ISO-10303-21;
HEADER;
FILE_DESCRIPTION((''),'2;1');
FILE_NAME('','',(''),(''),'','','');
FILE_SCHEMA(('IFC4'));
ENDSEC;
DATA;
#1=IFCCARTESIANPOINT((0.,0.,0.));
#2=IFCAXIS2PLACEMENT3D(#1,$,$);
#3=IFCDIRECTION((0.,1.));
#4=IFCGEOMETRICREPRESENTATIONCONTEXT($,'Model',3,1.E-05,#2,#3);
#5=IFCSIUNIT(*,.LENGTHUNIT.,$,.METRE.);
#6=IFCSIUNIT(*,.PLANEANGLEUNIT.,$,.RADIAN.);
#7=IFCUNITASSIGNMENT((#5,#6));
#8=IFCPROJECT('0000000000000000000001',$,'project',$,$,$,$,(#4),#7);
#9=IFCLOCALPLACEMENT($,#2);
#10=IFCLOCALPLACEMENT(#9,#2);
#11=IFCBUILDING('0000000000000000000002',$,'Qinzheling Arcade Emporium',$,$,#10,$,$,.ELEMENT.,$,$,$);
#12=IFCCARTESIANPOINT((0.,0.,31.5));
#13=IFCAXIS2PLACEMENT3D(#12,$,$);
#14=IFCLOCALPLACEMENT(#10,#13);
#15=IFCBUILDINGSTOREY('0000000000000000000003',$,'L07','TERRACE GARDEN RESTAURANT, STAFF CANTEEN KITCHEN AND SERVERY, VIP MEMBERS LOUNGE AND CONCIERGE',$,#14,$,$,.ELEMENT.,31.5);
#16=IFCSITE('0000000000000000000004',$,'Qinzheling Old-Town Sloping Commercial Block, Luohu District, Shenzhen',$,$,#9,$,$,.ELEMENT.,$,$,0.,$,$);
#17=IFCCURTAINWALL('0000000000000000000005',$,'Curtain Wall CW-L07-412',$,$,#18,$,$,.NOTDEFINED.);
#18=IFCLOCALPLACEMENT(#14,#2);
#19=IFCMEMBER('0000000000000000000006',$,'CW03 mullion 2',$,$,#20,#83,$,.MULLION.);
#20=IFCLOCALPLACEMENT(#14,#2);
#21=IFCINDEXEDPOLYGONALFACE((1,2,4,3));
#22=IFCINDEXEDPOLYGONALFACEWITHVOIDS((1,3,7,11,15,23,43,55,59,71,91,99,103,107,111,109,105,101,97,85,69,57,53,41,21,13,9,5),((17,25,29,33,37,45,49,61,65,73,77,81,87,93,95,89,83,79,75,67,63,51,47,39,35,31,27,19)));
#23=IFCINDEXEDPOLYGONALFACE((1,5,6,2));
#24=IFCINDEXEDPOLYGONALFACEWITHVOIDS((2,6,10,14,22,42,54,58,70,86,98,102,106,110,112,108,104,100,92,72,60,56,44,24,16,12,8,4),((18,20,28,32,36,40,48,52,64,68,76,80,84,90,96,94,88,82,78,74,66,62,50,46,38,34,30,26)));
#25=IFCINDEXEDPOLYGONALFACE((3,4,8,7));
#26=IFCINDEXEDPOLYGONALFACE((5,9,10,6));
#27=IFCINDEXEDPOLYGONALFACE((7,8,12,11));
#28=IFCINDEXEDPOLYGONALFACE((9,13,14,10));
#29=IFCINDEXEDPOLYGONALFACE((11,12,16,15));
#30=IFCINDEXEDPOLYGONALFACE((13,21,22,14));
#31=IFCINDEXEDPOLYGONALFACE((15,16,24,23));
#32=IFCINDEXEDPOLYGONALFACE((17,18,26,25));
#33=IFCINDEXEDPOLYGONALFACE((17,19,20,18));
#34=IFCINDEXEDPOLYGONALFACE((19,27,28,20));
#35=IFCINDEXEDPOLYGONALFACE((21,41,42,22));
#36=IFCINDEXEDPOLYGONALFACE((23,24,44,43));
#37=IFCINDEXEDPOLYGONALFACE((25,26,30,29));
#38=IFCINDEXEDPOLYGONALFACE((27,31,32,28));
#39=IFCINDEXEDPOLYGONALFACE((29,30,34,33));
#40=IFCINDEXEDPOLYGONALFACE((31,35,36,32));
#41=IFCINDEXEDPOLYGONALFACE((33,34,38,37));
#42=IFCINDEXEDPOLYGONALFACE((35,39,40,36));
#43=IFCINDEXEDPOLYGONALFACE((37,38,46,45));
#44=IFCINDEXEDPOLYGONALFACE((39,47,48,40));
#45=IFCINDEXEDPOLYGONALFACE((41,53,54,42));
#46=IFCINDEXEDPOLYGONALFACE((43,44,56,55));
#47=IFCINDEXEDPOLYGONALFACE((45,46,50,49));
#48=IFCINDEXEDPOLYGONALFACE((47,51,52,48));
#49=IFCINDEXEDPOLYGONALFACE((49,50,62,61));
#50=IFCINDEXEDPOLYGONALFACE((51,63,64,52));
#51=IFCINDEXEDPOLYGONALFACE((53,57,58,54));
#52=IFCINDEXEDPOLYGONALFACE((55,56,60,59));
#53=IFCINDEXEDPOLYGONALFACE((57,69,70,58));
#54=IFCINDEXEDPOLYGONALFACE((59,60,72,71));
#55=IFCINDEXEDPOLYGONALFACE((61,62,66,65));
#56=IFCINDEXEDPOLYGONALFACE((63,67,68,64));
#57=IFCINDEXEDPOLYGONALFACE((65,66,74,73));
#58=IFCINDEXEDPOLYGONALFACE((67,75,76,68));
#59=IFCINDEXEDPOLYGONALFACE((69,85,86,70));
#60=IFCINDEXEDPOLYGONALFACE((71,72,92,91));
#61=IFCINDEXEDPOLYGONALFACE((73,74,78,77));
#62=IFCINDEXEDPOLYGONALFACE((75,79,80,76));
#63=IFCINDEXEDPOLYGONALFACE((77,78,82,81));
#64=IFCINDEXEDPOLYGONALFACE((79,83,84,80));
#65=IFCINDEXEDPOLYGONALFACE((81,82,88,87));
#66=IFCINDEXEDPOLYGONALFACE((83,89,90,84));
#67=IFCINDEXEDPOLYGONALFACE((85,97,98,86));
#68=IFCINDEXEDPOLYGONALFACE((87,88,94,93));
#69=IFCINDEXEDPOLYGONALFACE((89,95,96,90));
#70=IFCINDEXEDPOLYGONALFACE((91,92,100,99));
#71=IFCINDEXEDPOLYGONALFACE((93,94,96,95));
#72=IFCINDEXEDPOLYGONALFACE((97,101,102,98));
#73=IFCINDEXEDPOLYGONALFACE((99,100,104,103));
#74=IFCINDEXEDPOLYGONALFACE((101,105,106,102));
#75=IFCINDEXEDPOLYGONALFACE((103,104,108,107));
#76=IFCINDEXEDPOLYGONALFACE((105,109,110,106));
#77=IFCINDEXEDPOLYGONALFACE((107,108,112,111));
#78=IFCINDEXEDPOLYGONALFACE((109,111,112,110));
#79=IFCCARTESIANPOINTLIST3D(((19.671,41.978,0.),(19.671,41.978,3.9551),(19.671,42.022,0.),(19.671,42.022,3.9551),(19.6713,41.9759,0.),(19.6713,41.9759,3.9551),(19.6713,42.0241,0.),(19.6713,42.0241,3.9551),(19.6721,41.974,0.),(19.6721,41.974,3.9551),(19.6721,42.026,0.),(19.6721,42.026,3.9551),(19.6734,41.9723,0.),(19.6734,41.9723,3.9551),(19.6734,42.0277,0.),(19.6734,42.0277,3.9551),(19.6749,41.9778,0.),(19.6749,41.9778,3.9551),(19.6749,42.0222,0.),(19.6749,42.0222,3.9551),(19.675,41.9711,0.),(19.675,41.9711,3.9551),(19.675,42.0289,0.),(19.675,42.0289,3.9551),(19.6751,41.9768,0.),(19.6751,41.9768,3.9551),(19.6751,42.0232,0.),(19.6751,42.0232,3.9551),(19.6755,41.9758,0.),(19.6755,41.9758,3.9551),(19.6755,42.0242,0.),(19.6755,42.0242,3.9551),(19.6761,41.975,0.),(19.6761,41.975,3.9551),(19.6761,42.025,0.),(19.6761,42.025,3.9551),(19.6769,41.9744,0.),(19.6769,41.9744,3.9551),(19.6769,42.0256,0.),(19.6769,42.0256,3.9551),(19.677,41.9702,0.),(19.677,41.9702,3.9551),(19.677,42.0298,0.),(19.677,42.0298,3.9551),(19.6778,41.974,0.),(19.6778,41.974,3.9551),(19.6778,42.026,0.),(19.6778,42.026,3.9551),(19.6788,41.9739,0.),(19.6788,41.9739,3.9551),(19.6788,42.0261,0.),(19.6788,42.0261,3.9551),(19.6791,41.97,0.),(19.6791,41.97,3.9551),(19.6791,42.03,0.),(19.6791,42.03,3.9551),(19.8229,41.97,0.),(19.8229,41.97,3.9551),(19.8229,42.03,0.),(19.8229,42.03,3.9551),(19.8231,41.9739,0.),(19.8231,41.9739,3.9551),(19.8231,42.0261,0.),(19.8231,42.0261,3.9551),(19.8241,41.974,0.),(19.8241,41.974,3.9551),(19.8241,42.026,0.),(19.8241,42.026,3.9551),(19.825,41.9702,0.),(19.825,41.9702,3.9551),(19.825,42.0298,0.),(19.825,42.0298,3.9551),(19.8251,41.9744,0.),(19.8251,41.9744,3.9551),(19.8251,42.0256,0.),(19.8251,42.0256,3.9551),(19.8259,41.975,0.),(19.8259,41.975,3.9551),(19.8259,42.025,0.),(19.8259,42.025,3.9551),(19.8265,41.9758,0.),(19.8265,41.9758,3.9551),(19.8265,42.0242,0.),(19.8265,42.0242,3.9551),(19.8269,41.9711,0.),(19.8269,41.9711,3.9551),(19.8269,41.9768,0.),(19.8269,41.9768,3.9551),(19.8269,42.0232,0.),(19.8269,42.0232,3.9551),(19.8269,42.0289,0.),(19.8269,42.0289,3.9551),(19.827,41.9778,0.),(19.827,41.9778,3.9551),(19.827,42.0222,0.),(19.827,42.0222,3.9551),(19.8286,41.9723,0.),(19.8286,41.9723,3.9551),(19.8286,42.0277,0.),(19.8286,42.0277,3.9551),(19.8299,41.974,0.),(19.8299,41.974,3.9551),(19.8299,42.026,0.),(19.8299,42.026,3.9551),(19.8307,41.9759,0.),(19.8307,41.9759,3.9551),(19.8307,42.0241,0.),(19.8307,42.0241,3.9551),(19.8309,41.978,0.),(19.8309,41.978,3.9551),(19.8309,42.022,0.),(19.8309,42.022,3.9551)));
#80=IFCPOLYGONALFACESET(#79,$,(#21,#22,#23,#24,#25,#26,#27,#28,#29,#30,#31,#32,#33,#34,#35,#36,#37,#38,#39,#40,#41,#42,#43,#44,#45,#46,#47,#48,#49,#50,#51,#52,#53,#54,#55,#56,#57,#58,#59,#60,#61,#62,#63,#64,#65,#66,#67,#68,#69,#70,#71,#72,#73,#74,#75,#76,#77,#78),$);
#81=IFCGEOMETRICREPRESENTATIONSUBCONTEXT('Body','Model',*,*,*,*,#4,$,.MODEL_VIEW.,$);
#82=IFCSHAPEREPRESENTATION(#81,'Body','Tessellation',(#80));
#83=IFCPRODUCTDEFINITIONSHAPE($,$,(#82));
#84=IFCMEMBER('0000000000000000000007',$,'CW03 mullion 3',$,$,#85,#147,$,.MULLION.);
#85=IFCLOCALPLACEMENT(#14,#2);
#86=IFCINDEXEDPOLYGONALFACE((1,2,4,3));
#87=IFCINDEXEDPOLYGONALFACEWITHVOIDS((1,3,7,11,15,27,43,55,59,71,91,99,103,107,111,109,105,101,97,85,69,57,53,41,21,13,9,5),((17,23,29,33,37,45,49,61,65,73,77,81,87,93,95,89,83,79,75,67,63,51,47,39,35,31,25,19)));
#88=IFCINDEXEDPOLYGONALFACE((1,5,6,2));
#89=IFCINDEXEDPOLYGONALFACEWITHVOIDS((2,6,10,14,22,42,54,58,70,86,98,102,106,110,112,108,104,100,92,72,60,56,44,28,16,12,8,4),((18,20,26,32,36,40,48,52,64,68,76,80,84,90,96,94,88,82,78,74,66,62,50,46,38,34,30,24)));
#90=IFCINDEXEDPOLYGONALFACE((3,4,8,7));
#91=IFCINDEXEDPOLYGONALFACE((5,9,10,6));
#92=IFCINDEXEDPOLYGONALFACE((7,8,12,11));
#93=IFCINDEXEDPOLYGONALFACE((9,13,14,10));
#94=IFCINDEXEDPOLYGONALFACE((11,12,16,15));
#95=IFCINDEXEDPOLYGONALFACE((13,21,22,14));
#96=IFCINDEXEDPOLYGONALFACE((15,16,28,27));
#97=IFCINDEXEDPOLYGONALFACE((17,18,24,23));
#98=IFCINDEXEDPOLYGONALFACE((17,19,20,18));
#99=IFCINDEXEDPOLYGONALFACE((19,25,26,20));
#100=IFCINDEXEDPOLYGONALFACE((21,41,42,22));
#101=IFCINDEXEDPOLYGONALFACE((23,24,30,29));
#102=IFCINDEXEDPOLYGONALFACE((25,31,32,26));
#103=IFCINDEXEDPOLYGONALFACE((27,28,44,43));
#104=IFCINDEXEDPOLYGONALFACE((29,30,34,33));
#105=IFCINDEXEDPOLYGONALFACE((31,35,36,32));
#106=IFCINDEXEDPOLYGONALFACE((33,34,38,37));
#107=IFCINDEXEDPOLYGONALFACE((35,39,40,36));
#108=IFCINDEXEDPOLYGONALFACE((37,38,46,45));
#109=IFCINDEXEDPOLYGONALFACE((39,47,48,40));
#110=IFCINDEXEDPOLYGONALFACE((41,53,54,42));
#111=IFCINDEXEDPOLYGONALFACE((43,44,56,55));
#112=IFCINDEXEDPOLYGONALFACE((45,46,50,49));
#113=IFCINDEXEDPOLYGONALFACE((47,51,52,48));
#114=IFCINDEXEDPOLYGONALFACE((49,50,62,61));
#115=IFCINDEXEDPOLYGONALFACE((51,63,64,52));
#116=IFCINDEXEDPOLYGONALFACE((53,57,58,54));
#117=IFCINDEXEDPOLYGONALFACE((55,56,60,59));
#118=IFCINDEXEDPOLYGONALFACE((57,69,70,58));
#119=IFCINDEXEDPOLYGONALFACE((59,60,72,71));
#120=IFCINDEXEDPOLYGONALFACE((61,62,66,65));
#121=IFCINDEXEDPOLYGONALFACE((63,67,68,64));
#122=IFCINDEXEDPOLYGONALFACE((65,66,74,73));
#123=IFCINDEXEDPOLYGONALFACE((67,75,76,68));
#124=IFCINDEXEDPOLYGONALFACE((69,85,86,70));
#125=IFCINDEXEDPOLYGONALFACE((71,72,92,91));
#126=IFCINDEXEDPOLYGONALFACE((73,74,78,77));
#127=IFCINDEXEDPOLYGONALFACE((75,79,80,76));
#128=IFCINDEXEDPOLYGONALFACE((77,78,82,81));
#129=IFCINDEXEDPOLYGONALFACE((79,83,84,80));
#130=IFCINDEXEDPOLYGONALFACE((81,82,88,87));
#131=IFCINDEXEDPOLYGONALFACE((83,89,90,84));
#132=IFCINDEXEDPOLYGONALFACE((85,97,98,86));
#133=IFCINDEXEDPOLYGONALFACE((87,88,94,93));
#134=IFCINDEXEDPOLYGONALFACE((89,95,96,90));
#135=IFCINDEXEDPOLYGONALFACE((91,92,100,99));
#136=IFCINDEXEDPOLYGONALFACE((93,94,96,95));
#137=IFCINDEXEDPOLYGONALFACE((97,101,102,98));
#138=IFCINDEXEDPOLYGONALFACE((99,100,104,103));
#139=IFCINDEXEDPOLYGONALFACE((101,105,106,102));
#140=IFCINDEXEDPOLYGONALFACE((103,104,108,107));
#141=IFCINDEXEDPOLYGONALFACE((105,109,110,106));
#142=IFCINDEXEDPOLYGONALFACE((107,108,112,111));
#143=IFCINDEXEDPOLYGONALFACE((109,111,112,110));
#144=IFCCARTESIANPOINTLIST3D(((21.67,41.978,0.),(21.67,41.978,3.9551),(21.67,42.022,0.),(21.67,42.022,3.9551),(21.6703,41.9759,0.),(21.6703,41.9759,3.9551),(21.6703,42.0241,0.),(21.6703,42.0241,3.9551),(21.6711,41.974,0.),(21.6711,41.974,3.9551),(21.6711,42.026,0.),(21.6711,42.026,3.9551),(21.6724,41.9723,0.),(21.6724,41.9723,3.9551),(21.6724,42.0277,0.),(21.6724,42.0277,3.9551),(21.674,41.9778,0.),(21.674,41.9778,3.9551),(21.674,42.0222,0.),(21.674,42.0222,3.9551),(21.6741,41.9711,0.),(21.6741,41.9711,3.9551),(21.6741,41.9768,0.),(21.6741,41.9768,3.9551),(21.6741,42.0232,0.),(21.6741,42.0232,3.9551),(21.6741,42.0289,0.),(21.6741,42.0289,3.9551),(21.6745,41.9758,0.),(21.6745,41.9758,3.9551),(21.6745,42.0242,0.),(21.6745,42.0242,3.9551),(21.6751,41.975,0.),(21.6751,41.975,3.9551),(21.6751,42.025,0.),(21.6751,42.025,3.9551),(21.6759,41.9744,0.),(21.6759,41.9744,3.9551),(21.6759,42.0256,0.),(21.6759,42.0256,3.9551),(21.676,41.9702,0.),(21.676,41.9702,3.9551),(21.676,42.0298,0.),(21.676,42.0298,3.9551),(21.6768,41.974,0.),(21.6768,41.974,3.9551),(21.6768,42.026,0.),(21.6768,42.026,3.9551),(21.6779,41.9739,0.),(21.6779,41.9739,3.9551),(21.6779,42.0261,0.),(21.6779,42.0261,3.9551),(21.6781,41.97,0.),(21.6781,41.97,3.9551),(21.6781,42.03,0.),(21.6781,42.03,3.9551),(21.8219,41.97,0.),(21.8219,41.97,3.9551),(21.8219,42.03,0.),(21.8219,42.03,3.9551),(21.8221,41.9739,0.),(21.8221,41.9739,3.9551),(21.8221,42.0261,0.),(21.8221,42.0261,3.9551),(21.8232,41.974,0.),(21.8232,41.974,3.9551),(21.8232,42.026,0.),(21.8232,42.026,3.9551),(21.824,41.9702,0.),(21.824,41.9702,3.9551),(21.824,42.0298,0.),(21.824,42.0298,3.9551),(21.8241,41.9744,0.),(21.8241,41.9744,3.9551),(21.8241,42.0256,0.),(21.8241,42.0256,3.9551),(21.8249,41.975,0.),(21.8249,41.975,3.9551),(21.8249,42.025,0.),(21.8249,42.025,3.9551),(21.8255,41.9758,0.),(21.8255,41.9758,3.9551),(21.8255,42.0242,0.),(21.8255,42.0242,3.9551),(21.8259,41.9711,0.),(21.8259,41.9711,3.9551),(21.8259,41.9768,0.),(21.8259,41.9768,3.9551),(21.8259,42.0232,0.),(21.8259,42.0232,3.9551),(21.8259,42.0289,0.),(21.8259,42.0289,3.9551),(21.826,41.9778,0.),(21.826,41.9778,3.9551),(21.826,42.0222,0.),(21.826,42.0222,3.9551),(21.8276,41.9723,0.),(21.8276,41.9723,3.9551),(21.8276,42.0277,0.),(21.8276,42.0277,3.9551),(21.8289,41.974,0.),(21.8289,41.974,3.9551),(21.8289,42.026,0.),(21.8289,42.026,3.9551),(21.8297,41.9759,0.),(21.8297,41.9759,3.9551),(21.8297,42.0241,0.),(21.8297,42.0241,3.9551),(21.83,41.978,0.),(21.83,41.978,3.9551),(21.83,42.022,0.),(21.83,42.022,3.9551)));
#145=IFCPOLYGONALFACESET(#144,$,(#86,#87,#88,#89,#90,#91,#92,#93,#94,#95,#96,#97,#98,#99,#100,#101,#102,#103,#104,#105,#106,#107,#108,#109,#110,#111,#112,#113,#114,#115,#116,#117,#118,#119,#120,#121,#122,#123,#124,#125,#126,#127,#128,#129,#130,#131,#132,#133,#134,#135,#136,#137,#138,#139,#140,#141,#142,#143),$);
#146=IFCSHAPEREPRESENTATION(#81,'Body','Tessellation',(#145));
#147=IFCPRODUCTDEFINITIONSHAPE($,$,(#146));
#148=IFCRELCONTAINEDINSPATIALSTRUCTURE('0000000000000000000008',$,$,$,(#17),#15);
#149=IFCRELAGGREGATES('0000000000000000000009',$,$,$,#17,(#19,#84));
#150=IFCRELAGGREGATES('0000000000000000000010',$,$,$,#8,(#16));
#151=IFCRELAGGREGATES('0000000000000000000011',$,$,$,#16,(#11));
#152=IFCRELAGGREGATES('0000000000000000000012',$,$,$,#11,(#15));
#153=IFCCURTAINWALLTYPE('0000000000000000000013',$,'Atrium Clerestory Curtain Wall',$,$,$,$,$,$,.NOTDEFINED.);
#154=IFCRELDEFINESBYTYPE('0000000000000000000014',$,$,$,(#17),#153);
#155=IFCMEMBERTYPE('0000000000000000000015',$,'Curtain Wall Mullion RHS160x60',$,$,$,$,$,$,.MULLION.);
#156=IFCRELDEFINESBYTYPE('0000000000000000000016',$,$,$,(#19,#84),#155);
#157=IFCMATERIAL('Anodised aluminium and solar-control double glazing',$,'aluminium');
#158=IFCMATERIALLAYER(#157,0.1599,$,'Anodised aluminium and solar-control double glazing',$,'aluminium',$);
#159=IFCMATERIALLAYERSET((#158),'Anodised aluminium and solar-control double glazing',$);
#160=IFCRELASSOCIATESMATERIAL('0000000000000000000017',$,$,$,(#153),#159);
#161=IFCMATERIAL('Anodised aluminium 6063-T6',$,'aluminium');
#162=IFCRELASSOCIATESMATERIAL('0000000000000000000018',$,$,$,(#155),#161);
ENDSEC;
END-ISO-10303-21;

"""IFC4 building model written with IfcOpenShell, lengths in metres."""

from ifc_helpers import new_model, si_unit, direction, frame, origin, origin_2d, place, context, subcontext, project, spatial, hollow_rectangle, extrude, material, layer, layer_set, material_profile, profile_set, type_object, element, aggregate, save


model = new_model("IFC4")

# Units and contexts
model_context = context("Model", 3, precision=1e-05, world=origin(), true_north=direction((0.0, 1.0)))
body_context = subcontext(model_context, "Body", "Model", "MODEL_VIEW")
ifc_project = project(units=[si_unit("LENGTHUNIT", "METRE"), si_unit("PLANEANGLEUNIT", "RADIAN")], contexts=[model_context])

# Site, building, storey
site_placement = place(None, origin())
site = spatial("IfcSite", under=ifc_project, at=site_placement, Name="Qinzheling Old-Town Sloping Commercial Block, Luohu District, Shenzhen", CompositionType="ELEMENT", RefElevation=0.0)
building_placement = place(site_placement, origin())
building = spatial("IfcBuilding", under=site, at=building_placement, Name="Qinzheling Arcade Emporium", CompositionType="ELEMENT")
storey_placement = place(building_placement, frame((0.0, 0.0, 31.5)))
storey = spatial("IfcBuildingStorey", under=building, at=storey_placement, Name="L07", Description="TERRACE GARDEN RESTAURANT, STAFF CANTEEN KITCHEN AND SERVERY, VIP MEMBERS LOUNGE AND CONCIERGE", CompositionType="ELEMENT", Elevation=31.5)

# Curtain wall, members
ifc_material_1 = material(Name="Anodised aluminium and solar-control double glazing", Category="aluminium")
ifc_layer_1 = layer(ifc_material_1, 0.1599, Name="Anodised aluminium and solar-control double glazing", Category="aluminium")
ifc_layer_set_1 = layer_set([ifc_layer_1], Name="Anodised aluminium and solar-control double glazing")
curtain_wall_type = type_object("IfcCurtainWallType", Name="Atrium Clerestory Curtain Wall", PredefinedType="NOTDEFINED", material=ifc_layer_set_1)
curtain_wall_placement = place(storey_placement, origin())
curtain_wall = element("IfcCurtainWall", 1, at=curtain_wall_placement, inside=storey, type_object=curtain_wall_type, Name="Curtain Wall CW-L07-412", PredefinedType="NOTDEFINED")
ifc_material_2 = material(Name="Anodised aluminium 6063-T6", Category="aluminium")
ifc_material_profile_1 = material_profile(ifc_material_2, hollow_rectangle(XDim=0.0601, YDim=0.1599, WallThickness=0.0039, InnerFilletRadius=0.0039, OuterFilletRadius=0.0081, at=origin_2d()), Name="RHS 160x60x4", Category="aluminium")
ifc_profile_set_1 = profile_set([ifc_material_profile_1], Name="Anodised aluminium 6063-T6")
member_type_1 = type_object("IfcMemberType", Name="Curtain Wall Mullion RHS160x60", PredefinedType="MULLION", material=ifc_profile_set_1)
member_1_placement = place(storey_placement, frame((19.751, 42.0, 0.0), z_axis=(0.0, 0.0, 1.0), x_axis=(0.0, 1.0, 0.0)))
member_1 = element("IfcMember", 2, at=member_1_placement, type_object=member_type_1, Name="CW03 mullion 2", PredefinedType="MULLION", context=body_context, shape_type="SweptSolid", body=[
    extrude(hollow_rectangle(XDim=0.0601, YDim=0.1599, WallThickness=0.0039, InnerFilletRadius=0.0039, OuterFilletRadius=0.0081, at=origin_2d()), origin(), (0.0, 0.0, 1.0), 3.9551),
])
member_2_placement = place(storey_placement, frame((21.75, 42.0, 0.0), z_axis=(0.0, 0.0, 1.0), x_axis=(0.0, 1.0, 0.0)))
member_2 = element("IfcMember", 3, at=member_2_placement, type_object=member_type_1, Name="CW03 mullion 3", PredefinedType="MULLION", context=body_context, shape_type="SweptSolid", body=[
    extrude(hollow_rectangle(XDim=0.0601, YDim=0.1599, WallThickness=0.0039, InnerFilletRadius=0.0039, OuterFilletRadius=0.0081, at=origin_2d()), origin(), (0.0, 0.0, 1.0), 3.9551),
])
aggregate(curtain_wall, [member_1, member_2])

save(model, "model.ifc")
